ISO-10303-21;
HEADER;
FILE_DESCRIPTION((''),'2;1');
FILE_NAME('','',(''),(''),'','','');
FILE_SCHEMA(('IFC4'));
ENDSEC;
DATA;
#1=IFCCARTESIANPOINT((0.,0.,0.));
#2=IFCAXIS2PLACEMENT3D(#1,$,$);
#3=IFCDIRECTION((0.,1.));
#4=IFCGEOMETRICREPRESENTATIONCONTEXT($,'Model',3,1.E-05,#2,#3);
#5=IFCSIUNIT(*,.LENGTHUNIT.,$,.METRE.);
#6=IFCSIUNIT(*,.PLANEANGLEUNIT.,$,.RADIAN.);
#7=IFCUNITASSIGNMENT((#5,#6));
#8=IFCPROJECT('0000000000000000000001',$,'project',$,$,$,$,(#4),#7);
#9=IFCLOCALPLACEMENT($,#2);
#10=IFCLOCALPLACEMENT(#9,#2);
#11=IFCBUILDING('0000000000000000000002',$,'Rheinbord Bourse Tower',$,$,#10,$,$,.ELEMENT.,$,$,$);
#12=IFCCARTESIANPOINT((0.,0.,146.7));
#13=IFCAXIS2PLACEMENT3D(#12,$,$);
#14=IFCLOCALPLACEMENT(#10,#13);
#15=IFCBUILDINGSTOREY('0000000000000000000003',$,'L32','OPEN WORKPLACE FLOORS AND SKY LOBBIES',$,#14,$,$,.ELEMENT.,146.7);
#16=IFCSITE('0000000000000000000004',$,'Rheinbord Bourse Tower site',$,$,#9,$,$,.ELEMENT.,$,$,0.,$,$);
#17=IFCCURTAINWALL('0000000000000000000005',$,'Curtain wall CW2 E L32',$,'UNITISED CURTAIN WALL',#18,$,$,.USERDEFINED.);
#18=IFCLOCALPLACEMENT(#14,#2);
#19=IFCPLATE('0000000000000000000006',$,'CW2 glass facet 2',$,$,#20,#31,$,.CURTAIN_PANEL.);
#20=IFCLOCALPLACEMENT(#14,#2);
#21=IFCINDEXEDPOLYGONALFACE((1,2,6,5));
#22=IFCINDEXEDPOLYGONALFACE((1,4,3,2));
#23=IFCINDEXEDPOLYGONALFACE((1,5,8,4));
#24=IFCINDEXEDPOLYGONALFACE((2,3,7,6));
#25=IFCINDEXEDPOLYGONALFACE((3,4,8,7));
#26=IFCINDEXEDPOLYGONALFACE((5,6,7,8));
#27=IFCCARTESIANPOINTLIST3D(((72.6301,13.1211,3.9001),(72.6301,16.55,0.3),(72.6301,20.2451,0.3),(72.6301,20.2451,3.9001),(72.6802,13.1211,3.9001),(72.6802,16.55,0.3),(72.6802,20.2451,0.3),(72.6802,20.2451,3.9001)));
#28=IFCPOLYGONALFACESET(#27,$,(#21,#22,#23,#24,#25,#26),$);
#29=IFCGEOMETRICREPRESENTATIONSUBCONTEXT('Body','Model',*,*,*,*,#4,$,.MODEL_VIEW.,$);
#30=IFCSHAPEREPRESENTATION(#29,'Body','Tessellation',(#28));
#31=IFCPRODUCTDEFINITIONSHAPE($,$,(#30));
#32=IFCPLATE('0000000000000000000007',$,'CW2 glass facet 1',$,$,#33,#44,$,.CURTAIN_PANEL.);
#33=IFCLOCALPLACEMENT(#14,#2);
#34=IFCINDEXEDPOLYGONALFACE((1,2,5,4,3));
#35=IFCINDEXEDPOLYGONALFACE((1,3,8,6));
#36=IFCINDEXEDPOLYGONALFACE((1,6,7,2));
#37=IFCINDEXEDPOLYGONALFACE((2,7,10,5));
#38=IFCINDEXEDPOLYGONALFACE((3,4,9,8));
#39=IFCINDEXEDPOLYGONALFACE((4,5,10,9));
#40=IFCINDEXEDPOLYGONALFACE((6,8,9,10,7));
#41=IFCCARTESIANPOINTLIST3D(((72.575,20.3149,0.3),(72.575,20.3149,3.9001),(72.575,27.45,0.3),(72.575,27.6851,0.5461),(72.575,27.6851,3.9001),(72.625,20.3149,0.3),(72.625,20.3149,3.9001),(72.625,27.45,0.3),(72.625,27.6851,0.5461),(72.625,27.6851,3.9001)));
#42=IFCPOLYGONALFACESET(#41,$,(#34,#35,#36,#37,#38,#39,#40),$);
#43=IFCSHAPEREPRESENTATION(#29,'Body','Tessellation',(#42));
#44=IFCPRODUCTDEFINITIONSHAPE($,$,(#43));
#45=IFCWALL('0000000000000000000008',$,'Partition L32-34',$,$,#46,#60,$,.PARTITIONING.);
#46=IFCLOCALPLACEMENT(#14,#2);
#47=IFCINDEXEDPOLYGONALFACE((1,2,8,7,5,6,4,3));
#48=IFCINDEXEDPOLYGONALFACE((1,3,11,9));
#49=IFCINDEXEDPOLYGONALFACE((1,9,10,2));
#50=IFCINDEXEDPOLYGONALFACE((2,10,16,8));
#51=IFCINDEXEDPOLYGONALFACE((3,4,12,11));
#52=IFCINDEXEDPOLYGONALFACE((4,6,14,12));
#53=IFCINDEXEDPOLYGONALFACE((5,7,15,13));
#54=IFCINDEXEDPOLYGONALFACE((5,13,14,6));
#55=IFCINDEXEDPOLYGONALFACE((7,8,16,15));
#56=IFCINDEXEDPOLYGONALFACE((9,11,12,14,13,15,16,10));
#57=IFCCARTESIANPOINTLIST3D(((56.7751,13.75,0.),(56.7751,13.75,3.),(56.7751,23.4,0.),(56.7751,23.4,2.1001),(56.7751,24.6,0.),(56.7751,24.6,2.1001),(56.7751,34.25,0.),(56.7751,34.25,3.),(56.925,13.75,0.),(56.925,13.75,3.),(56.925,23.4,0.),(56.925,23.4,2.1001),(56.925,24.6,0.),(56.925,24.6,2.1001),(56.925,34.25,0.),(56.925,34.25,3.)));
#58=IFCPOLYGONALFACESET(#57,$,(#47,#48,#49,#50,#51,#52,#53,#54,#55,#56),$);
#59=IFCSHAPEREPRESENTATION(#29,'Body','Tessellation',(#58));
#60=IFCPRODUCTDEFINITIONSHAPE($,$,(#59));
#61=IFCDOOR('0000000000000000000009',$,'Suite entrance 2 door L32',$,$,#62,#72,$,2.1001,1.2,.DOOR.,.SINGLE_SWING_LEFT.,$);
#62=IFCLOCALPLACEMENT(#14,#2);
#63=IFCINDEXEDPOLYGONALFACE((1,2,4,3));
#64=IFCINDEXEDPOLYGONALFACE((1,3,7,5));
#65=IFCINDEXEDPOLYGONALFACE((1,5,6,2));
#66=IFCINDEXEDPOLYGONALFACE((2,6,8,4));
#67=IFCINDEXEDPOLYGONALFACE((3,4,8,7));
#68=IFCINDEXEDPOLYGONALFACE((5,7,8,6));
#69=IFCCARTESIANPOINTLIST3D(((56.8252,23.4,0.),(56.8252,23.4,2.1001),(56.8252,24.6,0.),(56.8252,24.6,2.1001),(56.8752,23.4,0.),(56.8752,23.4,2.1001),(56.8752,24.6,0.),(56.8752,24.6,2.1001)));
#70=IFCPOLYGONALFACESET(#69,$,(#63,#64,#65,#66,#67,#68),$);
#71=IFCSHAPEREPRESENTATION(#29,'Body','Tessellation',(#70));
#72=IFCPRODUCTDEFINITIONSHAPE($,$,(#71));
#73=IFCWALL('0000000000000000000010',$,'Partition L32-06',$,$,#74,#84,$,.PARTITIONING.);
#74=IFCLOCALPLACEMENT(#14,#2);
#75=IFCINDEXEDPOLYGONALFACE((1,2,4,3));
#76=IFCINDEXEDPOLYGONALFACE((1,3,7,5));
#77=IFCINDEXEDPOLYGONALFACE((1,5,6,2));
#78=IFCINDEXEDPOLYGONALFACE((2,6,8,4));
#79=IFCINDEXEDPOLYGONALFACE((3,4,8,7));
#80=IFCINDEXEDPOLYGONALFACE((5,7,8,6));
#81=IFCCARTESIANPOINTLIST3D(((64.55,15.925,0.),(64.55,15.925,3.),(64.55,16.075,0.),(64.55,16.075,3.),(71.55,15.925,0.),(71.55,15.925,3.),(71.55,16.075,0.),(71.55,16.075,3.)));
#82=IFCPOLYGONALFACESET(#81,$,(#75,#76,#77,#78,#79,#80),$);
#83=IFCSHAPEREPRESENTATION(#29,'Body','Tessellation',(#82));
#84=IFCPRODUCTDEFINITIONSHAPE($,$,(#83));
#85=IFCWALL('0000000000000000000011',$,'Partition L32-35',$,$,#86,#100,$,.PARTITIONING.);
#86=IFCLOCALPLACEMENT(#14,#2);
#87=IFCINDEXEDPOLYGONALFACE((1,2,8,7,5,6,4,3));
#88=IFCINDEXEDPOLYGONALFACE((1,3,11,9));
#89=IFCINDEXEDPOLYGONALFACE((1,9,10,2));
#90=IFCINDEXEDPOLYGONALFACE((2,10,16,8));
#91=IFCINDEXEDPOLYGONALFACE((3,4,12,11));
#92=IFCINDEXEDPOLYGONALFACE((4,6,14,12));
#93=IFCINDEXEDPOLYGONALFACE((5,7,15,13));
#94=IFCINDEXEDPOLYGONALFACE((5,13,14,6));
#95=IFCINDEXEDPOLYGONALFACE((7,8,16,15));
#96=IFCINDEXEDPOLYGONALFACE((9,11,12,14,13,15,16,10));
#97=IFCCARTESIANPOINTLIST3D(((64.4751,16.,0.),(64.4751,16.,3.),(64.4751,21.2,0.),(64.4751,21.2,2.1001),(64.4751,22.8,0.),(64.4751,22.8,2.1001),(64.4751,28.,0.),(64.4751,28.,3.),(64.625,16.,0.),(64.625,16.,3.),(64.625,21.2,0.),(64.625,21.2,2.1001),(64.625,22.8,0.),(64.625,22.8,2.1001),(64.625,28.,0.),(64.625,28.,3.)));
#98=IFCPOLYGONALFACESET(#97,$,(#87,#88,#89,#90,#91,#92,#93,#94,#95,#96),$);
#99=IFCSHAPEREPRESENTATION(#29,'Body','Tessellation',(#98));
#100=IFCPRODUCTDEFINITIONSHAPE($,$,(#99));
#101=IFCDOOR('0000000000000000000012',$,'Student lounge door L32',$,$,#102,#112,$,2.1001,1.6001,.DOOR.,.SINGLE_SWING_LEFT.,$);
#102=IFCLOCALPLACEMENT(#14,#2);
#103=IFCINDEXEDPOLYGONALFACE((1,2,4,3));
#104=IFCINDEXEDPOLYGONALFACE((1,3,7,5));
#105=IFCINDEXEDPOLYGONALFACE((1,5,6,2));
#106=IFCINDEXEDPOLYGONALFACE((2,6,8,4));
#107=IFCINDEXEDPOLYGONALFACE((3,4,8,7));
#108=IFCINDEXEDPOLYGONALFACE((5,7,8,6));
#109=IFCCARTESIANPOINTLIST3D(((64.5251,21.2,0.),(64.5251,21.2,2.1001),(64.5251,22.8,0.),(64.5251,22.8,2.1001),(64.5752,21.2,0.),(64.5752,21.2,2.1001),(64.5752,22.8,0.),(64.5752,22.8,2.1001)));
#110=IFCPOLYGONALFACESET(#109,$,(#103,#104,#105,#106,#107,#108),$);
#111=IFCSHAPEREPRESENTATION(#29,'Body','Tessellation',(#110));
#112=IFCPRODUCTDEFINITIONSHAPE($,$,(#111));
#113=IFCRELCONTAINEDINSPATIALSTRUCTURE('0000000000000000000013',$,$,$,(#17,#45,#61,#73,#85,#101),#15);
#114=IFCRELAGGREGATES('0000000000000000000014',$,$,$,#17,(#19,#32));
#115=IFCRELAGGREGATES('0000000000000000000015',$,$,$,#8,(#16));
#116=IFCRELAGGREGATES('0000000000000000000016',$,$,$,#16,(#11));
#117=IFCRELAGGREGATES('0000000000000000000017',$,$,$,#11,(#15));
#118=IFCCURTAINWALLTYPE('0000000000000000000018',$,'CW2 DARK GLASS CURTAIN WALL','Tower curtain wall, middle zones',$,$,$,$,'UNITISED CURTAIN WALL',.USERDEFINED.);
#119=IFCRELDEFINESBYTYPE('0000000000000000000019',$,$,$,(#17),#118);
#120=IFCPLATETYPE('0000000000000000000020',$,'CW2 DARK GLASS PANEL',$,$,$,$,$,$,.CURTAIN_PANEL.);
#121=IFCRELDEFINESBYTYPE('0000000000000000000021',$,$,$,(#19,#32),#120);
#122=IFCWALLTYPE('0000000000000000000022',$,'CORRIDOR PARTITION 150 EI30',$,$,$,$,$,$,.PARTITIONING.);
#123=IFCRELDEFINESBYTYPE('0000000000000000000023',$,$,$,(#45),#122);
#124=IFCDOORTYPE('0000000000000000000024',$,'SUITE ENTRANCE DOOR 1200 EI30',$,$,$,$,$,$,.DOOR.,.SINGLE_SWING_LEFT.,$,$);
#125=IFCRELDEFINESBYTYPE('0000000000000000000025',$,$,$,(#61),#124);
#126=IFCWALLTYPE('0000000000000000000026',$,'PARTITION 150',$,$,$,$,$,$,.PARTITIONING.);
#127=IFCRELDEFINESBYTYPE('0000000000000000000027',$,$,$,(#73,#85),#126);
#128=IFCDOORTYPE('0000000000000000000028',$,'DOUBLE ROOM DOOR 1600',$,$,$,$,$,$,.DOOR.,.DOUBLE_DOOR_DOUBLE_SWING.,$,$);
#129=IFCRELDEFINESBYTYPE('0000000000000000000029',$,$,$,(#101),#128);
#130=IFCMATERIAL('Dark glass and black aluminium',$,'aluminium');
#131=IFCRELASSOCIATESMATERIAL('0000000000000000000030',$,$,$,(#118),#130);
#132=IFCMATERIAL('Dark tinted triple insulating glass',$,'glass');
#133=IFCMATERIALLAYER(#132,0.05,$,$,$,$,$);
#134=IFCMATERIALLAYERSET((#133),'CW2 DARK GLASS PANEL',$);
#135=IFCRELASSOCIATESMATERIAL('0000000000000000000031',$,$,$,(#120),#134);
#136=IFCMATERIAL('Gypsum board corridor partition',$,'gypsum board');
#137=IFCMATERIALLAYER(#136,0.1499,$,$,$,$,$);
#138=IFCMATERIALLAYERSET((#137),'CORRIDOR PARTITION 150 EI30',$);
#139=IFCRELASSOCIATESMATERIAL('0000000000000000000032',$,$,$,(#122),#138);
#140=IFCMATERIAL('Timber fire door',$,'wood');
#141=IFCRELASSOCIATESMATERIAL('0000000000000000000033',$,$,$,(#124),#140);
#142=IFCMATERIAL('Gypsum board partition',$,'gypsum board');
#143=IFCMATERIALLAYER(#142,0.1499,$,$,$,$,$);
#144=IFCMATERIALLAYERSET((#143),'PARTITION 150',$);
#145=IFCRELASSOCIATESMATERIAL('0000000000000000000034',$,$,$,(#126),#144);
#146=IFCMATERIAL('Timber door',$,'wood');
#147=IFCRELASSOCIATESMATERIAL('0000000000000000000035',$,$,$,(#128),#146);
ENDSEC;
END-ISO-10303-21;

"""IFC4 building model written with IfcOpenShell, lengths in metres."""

from ifc_helpers import new_model, si_unit, direction, frame, frame_2d, origin, place, context, subcontext, project, spatial, polyline, rectangle, outline, extrude, material, layer, layer_set, type_object, element, fill, aggregate, save


model = new_model("IFC4")

# Units and contexts
model_context = context("Model", 3, precision=1e-05, world=origin(), true_north=direction((0.0, 1.0)))
body_context = subcontext(model_context, "Body", "Model", "MODEL_VIEW")
ifc_project = project(units=[si_unit("LENGTHUNIT", "METRE"), si_unit("PLANEANGLEUNIT", "RADIAN")], contexts=[model_context])

# Site, building, storey
site_placement = place(None, origin())
site = spatial("IfcSite", under=ifc_project, at=site_placement, Name="Rheinbord Bourse Tower site", CompositionType="ELEMENT", RefElevation=0.0)
building_placement = place(site_placement, origin())
building = spatial("IfcBuilding", under=site, at=building_placement, Name="Rheinbord Bourse Tower", CompositionType="ELEMENT")
storey_placement = place(building_placement, frame((0.0, 0.0, 146.7)))
storey = spatial("IfcBuildingStorey", under=building, at=storey_placement, Name="L32", Description="OPEN WORKPLACE FLOORS AND SKY LOBBIES", CompositionType="ELEMENT", Elevation=146.7)

# Curtain wall
ifc_material_1 = material(Name="Dark glass and black aluminium", Category="aluminium")
curtain_wall_type = type_object("IfcCurtainWallType", Name="CW2 DARK GLASS CURTAIN WALL", Description="Tower curtain wall, middle zones", ElementType="UNITISED CURTAIN WALL", PredefinedType="USERDEFINED", material=ifc_material_1)
curtain_wall_placement = place(storey_placement, origin())
curtain_wall = element("IfcCurtainWall", 1, at=curtain_wall_placement, inside=storey, type_object=curtain_wall_type, Name="Curtain wall CW2 E L32", ObjectType="UNITISED CURTAIN WALL", PredefinedType="USERDEFINED")

# Plates
ifc_material_2 = material(Name="Dark tinted triple insulating glass", Category="glass")
ifc_layer_1 = layer(ifc_material_2, 0.05)
ifc_layer_set_1 = layer_set([ifc_layer_1], Name="CW2 DARK GLASS PANEL")
plate_type = type_object("IfcPlateType", Name="CW2 DARK GLASS PANEL", PredefinedType="CURTAIN_PANEL", material=ifc_layer_set_1)
plate_1_placement = place(storey_placement, frame((72.6802, 20.2451, 3.9001), z_axis=(-1.0, 0.0, 0.0), x_axis=(0.0, 0.0, -1.0)))
plate_1 = element("IfcPlate", 2, at=plate_1_placement, type_object=plate_type, Name="CW2 glass facet 2", PredefinedType="CURTAIN_PANEL", context=body_context, shape_type="SweptSolid", body=[
    extrude(outline(polyline([(0.0, 0.0), (3.6001, 0.0), (3.6001, 3.6951), (0.0, 7.124), (0.0, 0.0)])), origin(), (0.0, 0.0, 1.0), 0.05),
])
plate_2_placement = place(storey_placement, frame((72.625, 20.3149, 0.3), z_axis=(-1.0, 0.0, 0.0), x_axis=(0.0, 0.0, 1.0)))
plate_2 = element("IfcPlate", 3, at=plate_2_placement, type_object=plate_type, Name="CW2 glass facet 1", PredefinedType="CURTAIN_PANEL", context=body_context, shape_type="SweptSolid", body=[
    extrude(outline(polyline([(0.0, 0.0), (3.6001, 0.0), (3.6001, 7.3701), (0.2461, 7.3701), (0.0, 7.135), (0.0, 0.0)])), origin(), (0.0, 0.0, 1.0), 0.05),
])
aggregate(curtain_wall, [plate_1, plate_2])

# Wall, opening, door
ifc_material_3 = material(Name="Gypsum board corridor partition", Category="gypsum board")
ifc_layer_2 = layer(ifc_material_3, 0.1499)
ifc_layer_set_2 = layer_set([ifc_layer_2], Name="CORRIDOR PARTITION 150 EI30")
wall_type_1 = type_object("IfcWallType", Name="CORRIDOR PARTITION 150 EI30", PredefinedType="PARTITIONING", material=ifc_layer_set_2)
wall_1_placement = place(storey_placement, frame((56.8501, 13.75, 0.0), z_axis=(0.0, 0.0, 1.0), x_axis=(0.0, 1.0, 0.0)))
wall_1 = element("IfcWall", 4, at=wall_1_placement, inside=storey, type_object=wall_type_1, Name="Partition L32-34", PredefinedType="PARTITIONING", context=body_context, shape_type="SweptSolid", body=[
    extrude(rectangle(XDim=20.5, YDim=0.1499, at=frame_2d((10.25, 0.0))), origin(), (0.0, 0.0, 1.0), 3.0),
])
opening_1_placement = place(wall_1_placement, frame((9.6499, 0.0, 0.0)))
opening_1 = element("IfcOpeningElement", 5, at=opening_1_placement, cuts=wall_1, PredefinedType="OPENING", context=body_context, shape_type="SweptSolid", body=[
    extrude(rectangle(XDim=1.2, YDim=2.1001, at=frame_2d((0.6001, 1.05))), frame((0.0, 0.085, 0.0), z_axis=(0.0, -1.0, 0.0), x_axis=(1.0, 0.0, 0.0)), (0.0, 0.0, 1.0), 0.1699),
])
ifc_material_4 = material(Name="Timber fire door", Category="wood")
door_type_1 = type_object("IfcDoorType", Name="SUITE ENTRANCE DOOR 1200 EI30", OperationType="SINGLE_SWING_LEFT", PredefinedType="DOOR", material=ifc_material_4)
door_1_placement = place(opening_1_placement, origin())
door_1 = element("IfcDoor", 6, at=door_1_placement, inside=storey, type_object=door_type_1, Name="Suite entrance 2 door L32", OperationType="SINGLE_SWING_LEFT", OverallHeight=2.1001, OverallWidth=1.2, PredefinedType="DOOR", context=body_context, shape_type="SweptSolid", body=[
    extrude(rectangle(XDim=1.2, YDim=2.1001, at=frame_2d((0.6001, 1.05))), frame((0.0, 0.0249, 0.0), z_axis=(0.0, -1.0, 0.0), x_axis=(1.0, 0.0, 0.0)), (0.0, 0.0, 1.0), 0.05),
])
fill(opening_1, door_1)

# Wall
ifc_material_5 = material(Name="Gypsum board partition", Category="gypsum board")
ifc_layer_3 = layer(ifc_material_5, 0.1499)
ifc_layer_set_3 = layer_set([ifc_layer_3], Name="PARTITION 150")
wall_type_2 = type_object("IfcWallType", Name="PARTITION 150", PredefinedType="PARTITIONING", material=ifc_layer_set_3)
wall_2_placement = place(storey_placement, frame((64.55, 16.0, 0.0), z_axis=(0.0, 0.0, 1.0), x_axis=(1.0, 0.0, 0.0)))
element("IfcWall", 7, at=wall_2_placement, inside=storey, type_object=wall_type_2, Name="Partition L32-06", PredefinedType="PARTITIONING", context=body_context, shape_type="SweptSolid", body=[
    extrude(rectangle(XDim=7.0, YDim=0.1499, at=frame_2d((3.5, 0.0))), origin(), (0.0, 0.0, 1.0), 3.0),
])

# Wall, opening, door
wall_3_placement = place(storey_placement, frame((64.55, 16.0, 0.0), z_axis=(0.0, 0.0, 1.0), x_axis=(0.0, 1.0, 0.0)))
wall_3 = element("IfcWall", 8, at=wall_3_placement, inside=storey, type_object=wall_type_2, Name="Partition L32-35", PredefinedType="PARTITIONING", context=body_context, shape_type="SweptSolid", body=[
    extrude(rectangle(XDim=12.0, YDim=0.1499, at=frame_2d((6.0, 0.0))), origin(), (0.0, 0.0, 1.0), 3.0),
])
opening_2_placement = place(wall_3_placement, frame((5.2, 0.0, 0.0)))
opening_2 = element("IfcOpeningElement", 9, at=opening_2_placement, cuts=wall_3, PredefinedType="OPENING", context=body_context, shape_type="SweptSolid", body=[
    extrude(rectangle(XDim=1.6001, YDim=2.1001, at=frame_2d((0.8, 1.05))), frame((0.0, 0.085, 0.0), z_axis=(0.0, -1.0, 0.0), x_axis=(1.0, 0.0, 0.0)), (0.0, 0.0, 1.0), 0.1699),
])
ifc_material_6 = material(Name="Timber door", Category="wood")
door_type_2 = type_object("IfcDoorType", Name="DOUBLE ROOM DOOR 1600", OperationType="DOUBLE_DOOR_DOUBLE_SWING", PredefinedType="DOOR", material=ifc_material_6)
door_2_placement = place(opening_2_placement, origin())
door_2 = element("IfcDoor", 10, at=door_2_placement, inside=storey, type_object=door_type_2, Name="Student lounge door L32", OperationType="SINGLE_SWING_LEFT", OverallHeight=2.1001, OverallWidth=1.6001, PredefinedType="DOOR", context=body_context, shape_type="SweptSolid", body=[
    extrude(rectangle(XDim=1.6001, YDim=2.1001, at=frame_2d((0.8, 1.05))), frame((0.0, 0.0249, 0.0), z_axis=(0.0, -1.0, 0.0), x_axis=(1.0, 0.0, 0.0)), (0.0, 0.0, 1.0), 0.05),
])
fill(opening_2, door_2)

save(model, "model.ifc")
